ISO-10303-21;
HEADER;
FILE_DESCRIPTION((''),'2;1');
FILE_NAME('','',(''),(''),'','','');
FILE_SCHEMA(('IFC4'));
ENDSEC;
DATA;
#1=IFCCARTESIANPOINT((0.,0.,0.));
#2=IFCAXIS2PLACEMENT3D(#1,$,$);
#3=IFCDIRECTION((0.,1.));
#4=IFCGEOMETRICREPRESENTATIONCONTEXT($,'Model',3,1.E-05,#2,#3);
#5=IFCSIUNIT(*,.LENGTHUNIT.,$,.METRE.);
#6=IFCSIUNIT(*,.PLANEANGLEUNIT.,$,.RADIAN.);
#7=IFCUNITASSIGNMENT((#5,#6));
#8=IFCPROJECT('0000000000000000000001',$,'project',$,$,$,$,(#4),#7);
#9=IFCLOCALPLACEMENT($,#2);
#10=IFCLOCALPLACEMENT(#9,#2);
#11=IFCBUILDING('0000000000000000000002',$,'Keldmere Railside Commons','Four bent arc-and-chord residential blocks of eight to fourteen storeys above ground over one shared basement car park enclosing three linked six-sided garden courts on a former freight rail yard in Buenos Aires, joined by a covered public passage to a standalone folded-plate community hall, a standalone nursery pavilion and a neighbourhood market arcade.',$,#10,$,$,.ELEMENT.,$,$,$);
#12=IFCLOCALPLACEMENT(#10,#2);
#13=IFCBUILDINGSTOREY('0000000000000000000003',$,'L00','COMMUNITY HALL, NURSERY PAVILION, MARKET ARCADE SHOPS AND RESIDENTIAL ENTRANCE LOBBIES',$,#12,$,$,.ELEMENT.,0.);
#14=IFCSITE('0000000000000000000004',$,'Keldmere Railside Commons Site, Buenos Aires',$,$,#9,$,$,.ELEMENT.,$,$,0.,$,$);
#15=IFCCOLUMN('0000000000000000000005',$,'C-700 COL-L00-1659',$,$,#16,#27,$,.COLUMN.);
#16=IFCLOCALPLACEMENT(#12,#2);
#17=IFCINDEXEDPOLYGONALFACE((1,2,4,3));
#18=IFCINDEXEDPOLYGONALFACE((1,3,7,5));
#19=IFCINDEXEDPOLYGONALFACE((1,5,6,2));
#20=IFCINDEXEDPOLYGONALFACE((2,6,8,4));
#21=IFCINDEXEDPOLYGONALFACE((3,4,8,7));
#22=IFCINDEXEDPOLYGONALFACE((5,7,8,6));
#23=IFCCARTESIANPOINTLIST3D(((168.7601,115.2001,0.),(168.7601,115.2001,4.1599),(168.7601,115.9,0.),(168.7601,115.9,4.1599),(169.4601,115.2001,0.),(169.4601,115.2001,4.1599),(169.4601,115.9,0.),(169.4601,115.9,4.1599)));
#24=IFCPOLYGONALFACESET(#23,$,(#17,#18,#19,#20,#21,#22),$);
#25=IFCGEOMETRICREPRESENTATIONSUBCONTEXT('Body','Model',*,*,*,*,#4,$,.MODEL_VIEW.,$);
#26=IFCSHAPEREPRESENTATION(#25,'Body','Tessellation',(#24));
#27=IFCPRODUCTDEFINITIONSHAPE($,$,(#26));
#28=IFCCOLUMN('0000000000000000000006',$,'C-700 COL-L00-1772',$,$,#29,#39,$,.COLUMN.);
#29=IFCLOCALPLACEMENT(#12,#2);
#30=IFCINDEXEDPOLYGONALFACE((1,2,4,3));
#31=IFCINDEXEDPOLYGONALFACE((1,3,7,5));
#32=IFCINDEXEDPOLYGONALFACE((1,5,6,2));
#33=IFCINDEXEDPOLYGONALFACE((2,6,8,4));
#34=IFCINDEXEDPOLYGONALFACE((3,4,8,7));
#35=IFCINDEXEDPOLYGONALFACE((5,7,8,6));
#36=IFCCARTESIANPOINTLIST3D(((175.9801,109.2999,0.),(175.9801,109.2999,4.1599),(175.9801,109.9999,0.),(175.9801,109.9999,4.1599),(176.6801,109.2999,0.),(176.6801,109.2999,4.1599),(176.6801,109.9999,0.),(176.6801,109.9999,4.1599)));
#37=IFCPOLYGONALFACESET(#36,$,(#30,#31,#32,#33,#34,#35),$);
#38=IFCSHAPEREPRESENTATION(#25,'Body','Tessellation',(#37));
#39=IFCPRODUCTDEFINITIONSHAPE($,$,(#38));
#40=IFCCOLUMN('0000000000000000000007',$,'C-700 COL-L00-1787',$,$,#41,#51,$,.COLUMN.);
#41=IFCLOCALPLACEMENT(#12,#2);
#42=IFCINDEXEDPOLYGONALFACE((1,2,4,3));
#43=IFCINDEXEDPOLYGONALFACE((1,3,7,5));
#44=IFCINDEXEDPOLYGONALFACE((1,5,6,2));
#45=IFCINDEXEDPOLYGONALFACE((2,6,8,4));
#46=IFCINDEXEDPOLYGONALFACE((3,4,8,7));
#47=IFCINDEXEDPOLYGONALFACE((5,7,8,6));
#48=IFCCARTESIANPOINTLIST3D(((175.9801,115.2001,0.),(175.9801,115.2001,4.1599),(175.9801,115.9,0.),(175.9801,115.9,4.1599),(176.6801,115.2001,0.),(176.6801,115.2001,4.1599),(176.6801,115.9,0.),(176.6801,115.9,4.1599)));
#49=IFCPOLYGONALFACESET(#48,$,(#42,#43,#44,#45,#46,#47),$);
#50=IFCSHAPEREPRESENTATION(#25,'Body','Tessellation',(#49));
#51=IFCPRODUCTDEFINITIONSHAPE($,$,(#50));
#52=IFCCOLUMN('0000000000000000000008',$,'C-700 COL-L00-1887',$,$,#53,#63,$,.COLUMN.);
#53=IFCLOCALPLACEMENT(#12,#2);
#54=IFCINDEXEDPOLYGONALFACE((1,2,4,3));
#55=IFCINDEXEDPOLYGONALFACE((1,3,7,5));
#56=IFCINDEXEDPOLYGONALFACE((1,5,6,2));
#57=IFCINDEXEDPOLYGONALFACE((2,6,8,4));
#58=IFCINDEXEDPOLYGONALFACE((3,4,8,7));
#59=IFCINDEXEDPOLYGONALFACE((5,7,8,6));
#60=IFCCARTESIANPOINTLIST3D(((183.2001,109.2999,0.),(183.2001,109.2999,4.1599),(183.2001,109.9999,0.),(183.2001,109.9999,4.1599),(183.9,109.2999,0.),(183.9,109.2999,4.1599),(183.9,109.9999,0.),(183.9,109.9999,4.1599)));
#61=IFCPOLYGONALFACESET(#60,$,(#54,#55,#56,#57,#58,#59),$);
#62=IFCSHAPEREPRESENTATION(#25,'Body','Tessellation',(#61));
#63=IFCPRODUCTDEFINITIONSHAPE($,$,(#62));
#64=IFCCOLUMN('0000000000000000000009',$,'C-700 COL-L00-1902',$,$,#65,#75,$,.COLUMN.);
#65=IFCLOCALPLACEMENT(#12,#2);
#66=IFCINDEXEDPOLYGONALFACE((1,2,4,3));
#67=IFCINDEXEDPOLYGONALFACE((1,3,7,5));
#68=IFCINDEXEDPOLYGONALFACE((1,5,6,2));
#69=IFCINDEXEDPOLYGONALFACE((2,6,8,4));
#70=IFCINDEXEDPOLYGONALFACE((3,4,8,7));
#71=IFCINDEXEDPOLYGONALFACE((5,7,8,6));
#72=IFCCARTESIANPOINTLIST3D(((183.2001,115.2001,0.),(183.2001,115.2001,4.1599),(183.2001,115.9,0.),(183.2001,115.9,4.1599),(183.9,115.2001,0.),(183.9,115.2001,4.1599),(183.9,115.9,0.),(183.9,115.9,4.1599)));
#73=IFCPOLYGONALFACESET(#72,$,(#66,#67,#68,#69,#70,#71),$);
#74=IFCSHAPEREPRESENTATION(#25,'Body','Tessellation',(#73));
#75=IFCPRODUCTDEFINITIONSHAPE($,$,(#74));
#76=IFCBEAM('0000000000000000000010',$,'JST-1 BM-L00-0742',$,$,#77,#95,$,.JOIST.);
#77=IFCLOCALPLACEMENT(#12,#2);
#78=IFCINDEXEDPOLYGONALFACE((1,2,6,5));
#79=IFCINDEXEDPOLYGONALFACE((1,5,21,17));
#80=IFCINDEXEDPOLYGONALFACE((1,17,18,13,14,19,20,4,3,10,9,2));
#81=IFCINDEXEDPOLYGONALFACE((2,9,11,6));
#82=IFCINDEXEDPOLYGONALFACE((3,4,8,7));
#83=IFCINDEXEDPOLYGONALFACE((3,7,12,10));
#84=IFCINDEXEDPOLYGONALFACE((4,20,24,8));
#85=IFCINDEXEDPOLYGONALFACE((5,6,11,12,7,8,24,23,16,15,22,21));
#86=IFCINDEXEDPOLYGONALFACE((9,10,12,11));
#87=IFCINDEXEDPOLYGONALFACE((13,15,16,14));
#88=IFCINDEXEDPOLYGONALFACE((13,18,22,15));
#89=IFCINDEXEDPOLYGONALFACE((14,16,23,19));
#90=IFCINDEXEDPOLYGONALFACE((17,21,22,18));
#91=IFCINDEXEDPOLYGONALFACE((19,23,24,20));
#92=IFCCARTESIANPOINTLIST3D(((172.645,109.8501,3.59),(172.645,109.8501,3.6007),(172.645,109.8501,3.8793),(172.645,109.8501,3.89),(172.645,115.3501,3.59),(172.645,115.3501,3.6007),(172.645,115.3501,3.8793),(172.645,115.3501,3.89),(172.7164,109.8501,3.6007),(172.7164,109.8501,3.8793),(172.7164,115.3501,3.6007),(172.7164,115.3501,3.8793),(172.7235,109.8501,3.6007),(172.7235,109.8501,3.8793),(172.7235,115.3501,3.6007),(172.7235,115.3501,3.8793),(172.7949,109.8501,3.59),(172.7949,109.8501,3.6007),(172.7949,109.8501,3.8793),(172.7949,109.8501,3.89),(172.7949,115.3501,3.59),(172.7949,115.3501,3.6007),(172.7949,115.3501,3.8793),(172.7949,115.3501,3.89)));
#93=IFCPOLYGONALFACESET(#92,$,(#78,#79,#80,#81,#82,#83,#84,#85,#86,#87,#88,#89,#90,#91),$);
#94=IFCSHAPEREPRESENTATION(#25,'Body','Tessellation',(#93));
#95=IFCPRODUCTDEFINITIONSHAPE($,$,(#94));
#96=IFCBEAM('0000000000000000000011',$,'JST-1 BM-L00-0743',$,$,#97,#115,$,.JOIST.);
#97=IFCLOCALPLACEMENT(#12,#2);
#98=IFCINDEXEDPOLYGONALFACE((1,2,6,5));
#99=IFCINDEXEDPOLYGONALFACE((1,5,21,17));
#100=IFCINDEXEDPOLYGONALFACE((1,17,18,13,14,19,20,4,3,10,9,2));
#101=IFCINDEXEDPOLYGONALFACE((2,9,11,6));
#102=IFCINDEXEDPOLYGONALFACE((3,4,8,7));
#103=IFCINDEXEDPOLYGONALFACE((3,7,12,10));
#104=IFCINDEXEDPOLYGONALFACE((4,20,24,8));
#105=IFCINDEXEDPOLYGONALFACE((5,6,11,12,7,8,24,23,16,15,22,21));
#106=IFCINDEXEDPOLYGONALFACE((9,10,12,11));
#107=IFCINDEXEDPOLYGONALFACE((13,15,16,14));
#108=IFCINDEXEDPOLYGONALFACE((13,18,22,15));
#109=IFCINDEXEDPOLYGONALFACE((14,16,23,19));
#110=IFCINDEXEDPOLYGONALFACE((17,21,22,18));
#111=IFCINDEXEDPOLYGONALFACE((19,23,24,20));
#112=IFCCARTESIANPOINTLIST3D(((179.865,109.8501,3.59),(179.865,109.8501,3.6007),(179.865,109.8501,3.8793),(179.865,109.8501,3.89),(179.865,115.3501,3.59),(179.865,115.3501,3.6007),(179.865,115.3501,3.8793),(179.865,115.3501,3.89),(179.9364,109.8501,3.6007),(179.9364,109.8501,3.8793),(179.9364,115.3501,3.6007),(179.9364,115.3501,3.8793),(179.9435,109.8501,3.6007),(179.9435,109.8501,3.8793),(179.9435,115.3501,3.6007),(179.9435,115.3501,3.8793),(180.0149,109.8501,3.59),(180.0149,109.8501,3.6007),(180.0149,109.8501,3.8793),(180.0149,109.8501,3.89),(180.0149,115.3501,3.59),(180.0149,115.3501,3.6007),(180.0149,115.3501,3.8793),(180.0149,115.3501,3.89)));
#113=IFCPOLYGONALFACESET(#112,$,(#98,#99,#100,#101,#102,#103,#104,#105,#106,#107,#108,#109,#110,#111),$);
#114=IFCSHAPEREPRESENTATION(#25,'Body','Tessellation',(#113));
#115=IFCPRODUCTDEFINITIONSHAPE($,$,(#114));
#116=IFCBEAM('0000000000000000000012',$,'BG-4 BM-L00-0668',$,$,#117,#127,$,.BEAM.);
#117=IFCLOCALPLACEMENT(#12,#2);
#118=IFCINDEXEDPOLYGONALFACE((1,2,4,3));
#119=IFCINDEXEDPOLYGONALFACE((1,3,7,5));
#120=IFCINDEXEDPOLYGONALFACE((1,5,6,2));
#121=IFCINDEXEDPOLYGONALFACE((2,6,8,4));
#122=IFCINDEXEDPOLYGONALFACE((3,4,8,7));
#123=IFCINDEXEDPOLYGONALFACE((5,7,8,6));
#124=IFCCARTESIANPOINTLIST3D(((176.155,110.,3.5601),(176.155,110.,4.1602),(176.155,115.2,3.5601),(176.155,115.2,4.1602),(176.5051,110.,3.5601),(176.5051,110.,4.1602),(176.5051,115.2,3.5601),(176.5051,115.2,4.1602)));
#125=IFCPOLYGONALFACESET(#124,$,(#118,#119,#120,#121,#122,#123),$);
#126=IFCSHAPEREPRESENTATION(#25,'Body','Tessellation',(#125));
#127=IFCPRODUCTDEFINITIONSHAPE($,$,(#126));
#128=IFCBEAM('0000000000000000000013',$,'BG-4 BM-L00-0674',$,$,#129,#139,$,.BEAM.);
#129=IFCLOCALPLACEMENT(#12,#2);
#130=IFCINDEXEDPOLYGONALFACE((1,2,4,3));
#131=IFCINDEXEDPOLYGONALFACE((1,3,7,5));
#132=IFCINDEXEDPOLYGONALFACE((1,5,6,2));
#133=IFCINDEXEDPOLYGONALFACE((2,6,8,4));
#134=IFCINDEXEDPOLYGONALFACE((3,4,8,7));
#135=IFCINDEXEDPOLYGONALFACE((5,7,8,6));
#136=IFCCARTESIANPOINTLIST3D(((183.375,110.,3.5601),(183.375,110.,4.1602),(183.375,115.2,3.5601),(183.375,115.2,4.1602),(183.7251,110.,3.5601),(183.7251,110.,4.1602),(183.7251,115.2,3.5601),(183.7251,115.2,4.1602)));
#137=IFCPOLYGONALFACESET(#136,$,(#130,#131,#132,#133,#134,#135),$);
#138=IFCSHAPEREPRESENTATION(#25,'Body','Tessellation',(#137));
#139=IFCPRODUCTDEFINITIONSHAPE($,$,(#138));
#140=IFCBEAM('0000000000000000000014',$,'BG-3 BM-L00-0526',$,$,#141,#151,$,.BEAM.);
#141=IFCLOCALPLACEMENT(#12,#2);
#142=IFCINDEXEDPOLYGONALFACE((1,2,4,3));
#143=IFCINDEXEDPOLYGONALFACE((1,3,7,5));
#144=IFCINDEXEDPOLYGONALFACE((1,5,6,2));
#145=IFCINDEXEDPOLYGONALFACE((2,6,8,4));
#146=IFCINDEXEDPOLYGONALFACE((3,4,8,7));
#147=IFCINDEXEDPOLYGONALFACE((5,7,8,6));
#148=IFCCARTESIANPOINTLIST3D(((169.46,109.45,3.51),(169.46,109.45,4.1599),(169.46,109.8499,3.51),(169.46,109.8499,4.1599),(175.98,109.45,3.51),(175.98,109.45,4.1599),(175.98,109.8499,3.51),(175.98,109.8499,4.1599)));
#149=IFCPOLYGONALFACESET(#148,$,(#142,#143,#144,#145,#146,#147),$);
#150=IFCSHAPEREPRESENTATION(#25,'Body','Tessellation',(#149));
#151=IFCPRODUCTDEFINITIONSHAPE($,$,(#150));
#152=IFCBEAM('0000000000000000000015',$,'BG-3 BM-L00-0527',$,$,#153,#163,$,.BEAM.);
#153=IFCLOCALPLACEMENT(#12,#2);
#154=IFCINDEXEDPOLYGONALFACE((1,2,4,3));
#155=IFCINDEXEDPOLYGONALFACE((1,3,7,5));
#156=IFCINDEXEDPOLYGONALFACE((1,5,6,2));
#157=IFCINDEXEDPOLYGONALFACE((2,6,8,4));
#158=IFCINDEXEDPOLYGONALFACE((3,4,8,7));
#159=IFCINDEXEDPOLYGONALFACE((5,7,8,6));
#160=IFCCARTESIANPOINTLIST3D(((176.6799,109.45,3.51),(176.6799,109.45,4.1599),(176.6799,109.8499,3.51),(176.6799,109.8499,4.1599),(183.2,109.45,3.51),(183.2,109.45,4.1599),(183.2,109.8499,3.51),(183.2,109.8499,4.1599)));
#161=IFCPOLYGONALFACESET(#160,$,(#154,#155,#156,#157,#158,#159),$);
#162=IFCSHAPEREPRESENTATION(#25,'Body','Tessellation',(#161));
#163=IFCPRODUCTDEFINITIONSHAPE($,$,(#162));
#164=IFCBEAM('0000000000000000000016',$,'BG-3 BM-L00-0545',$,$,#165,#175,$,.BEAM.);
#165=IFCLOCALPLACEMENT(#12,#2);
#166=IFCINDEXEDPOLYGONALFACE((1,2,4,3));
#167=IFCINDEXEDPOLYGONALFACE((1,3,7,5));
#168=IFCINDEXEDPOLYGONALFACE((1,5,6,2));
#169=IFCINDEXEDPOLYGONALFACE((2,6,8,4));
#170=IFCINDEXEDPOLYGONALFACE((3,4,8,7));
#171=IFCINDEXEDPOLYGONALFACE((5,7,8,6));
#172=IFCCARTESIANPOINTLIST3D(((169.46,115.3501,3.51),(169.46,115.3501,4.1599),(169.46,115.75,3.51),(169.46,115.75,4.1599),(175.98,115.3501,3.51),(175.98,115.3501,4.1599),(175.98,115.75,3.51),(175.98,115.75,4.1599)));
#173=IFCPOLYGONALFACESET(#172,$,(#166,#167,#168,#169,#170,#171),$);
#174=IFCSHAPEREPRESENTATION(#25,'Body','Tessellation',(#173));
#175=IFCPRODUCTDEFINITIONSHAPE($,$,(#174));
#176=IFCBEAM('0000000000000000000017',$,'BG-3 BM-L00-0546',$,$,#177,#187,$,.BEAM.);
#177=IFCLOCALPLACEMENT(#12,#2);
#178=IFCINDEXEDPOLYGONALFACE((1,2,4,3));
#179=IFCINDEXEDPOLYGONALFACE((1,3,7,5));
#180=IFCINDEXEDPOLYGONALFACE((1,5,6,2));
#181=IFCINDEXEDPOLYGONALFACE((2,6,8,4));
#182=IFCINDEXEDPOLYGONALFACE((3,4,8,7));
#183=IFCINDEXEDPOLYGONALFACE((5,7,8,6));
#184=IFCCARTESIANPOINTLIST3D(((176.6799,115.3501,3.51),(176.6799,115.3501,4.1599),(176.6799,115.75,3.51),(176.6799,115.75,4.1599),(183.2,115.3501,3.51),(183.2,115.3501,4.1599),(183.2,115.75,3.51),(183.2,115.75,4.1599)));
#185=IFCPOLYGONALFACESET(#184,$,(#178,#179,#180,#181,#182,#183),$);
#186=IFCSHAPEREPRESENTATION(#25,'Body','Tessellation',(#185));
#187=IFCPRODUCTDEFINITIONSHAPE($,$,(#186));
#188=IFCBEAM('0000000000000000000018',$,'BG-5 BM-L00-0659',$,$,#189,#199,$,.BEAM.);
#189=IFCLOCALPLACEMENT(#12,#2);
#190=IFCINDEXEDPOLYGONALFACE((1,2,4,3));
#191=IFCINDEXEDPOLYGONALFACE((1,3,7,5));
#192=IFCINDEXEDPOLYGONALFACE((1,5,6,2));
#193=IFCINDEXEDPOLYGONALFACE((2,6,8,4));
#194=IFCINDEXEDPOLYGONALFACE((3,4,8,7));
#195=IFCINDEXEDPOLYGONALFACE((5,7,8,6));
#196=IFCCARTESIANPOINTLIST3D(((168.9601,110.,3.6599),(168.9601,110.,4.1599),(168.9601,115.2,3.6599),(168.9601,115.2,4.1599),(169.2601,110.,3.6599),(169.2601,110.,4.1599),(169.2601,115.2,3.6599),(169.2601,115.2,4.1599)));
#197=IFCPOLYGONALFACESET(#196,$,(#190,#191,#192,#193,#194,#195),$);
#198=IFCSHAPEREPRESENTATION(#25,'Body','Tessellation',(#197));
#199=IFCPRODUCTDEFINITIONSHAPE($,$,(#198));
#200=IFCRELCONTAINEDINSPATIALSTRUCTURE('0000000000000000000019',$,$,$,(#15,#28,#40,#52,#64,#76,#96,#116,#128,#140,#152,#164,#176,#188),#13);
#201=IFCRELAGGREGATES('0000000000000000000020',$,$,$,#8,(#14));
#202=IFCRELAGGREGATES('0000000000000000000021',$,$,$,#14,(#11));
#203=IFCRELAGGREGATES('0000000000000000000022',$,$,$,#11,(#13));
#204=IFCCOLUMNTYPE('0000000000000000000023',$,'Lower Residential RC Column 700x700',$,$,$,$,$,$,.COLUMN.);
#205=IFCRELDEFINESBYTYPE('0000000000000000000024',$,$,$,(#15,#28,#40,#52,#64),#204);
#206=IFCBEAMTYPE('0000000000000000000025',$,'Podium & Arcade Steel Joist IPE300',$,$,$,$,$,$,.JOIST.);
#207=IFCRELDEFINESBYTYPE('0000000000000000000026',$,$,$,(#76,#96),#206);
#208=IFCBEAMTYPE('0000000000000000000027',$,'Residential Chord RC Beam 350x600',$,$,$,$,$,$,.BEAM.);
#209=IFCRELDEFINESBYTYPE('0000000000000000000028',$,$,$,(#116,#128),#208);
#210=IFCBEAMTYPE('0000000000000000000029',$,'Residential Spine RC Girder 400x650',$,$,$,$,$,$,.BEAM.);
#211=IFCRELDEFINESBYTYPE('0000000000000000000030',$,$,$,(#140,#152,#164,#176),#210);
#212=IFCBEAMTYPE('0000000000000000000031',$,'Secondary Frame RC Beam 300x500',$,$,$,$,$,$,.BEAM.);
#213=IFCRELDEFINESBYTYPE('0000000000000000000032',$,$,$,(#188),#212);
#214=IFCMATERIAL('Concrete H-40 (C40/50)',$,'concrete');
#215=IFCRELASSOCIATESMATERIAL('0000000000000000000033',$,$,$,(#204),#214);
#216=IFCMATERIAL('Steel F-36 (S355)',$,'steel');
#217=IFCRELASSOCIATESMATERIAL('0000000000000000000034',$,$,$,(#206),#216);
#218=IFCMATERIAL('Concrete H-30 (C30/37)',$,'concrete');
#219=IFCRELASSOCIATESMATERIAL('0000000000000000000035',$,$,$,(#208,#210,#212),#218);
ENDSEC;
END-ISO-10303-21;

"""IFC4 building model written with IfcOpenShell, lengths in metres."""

from ifc_helpers import new_model, si_unit, direction, frame, origin, origin_2d, place, context, subcontext, project, spatial, rectangle, i_section, extrude, material, material_profile, profile_set, type_object, element, save


model = new_model("IFC4")

# Units and contexts
model_context = context("Model", 3, precision=1e-05, world=origin(), true_north=direction((0.0, 1.0)))
body_context = subcontext(model_context, "Body", "Model", "MODEL_VIEW")
ifc_project = project(units=[si_unit("LENGTHUNIT", "METRE"), si_unit("PLANEANGLEUNIT", "RADIAN")], contexts=[model_context])

# Site, building, storey
site_placement = place(None, origin())
site = spatial("IfcSite", under=ifc_project, at=site_placement, Name="Keldmere Railside Commons Site, Buenos Aires", CompositionType="ELEMENT", RefElevation=0.0)
building_placement = place(site_placement, origin())
building = spatial("IfcBuilding", under=site, at=building_placement, Name="Keldmere Railside Commons", Description="Four bent arc-and-chord residential blocks of eight to fourteen storeys above ground over one shared basement car park enclosing three linked six-sided garden courts on a former freight rail yard in Buenos Aires, joined by a covered public passage to a standalone folded-plate community hall, a standalone nursery pavilion and a neighbourhood market arcade.", CompositionType="ELEMENT")
storey_placement = place(building_placement, origin())
storey = spatial("IfcBuildingStorey", under=building, at=storey_placement, Name="L00", Description="COMMUNITY HALL, NURSERY PAVILION, MARKET ARCADE SHOPS AND RESIDENTIAL ENTRANCE LOBBIES", CompositionType="ELEMENT", Elevation=0.0)

# Columns
ifc_material_1 = material(Name="Concrete H-40 (C40/50)", Category="concrete")
ifc_material_profile_1 = material_profile(ifc_material_1, rectangle(XDim=0.7, YDim=0.7, at=origin_2d()), Name="RC-700x700")
ifc_profile_set_1 = profile_set([ifc_material_profile_1], Name="Concrete H-40 (C40/50)")
column_type = type_object("IfcColumnType", Name="Lower Residential RC Column 700x700", PredefinedType="COLUMN", material=ifc_profile_set_1)
for number, where, z_axis, x_axis, name in (
    (1, (169.1101, 115.55, 0.0), (0.0, 0.0, 1.0), (1.0, 0.0, 0.0), "C-700 COL-L00-1659"),
    (2, (176.3301, 109.6499, 0.0), (0.0, 0.0, 1.0), (1.0, 0.0, 0.0), "C-700 COL-L00-1772"),
    (3, (176.3301, 115.55, 0.0), (0.0, 0.0, 1.0), (1.0, 0.0, 0.0), "C-700 COL-L00-1787"),
    (4, (183.55, 109.6499, 0.0), (0.0, 0.0, 1.0), (1.0, 0.0, 0.0), "C-700 COL-L00-1887"),
    (5, (183.55, 115.55, 0.0), (0.0, 0.0, 1.0), (1.0, 0.0, 0.0), "C-700 COL-L00-1902"),
):
    element("IfcColumn", number, at=place(storey_placement, frame(where, z_axis=z_axis, x_axis=x_axis)), inside=storey, type_object=column_type, Name=name, PredefinedType="COLUMN", context=body_context, shape_type="SweptSolid", body=[
        extrude(rectangle(XDim=0.7, YDim=0.7, at=origin_2d()), origin(), (0.0, 0.0, 1.0), 4.1599),
    ])

# Beams
ifc_material_2 = material(Name="Steel F-36 (S355)", Category="steel")
ifc_material_profile_2 = material_profile(ifc_material_2, i_section(OverallWidth=0.1499, OverallDepth=0.3, WebThickness=0.0071, FlangeThickness=0.0107, at=origin_2d()), Name="IPE-300")
ifc_profile_set_2 = profile_set([ifc_material_profile_2], Name="Steel F-36 (S355)")
beam_type_1 = type_object("IfcBeamType", Name="Podium & Arcade Steel Joist IPE300", PredefinedType="JOIST", material=ifc_profile_set_2)
for number, where, z_axis, x_axis, name in (
    (6, (172.72, 109.8501, 3.74), (0.0, 1.0, 0.0), (-1.0, 0.0, 0.0), "JST-1 BM-L00-0742"),
    (7, (179.9399, 109.8501, 3.74), (0.0, 1.0, 0.0), (-1.0, 0.0, 0.0), "JST-1 BM-L00-0743"),
):
    element("IfcBeam", number, at=place(storey_placement, frame(where, z_axis=z_axis, x_axis=x_axis)), inside=storey, type_object=beam_type_1, Name=name, PredefinedType="JOIST", context=body_context, shape_type="SweptSolid", body=[
        extrude(i_section(OverallWidth=0.1499, OverallDepth=0.3, WebThickness=0.0071, FlangeThickness=0.0107, at=origin_2d()), origin(), (0.0, 0.0, 1.0), 5.5),
    ])
ifc_material_3 = material(Name="Concrete H-30 (C30/37)", Category="concrete")
ifc_material_profile_3 = material_profile(ifc_material_3, rectangle(XDim=0.3501, YDim=0.6001, at=origin_2d()), Name="RC-350x600")
ifc_profile_set_3 = profile_set([ifc_material_profile_3], Name="Concrete H-30 (C30/37)")
beam_type_2 = type_object("IfcBeamType", Name="Residential Chord RC Beam 350x600", PredefinedType="BEAM", material=ifc_profile_set_3)
for number, where, z_axis, x_axis, name in (
    (8, (176.3301, 110.0, 3.8601), (0.0, 1.0, 0.0), (-1.0, 0.0, 0.0), "BG-4 BM-L00-0668"),
    (9, (183.55, 110.0, 3.8601), (0.0, 1.0, 0.0), (-1.0, 0.0, 0.0), "BG-4 BM-L00-0674"),
):
    element("IfcBeam", number, at=place(storey_placement, frame(where, z_axis=z_axis, x_axis=x_axis)), inside=storey, type_object=beam_type_2, Name=name, PredefinedType="BEAM", context=body_context, shape_type="SweptSolid", body=[
        extrude(rectangle(XDim=0.3501, YDim=0.6001, at=origin_2d()), origin(), (0.0, 0.0, 1.0), 5.2),
    ])
ifc_material_profile_4 = material_profile(ifc_material_3, rectangle(XDim=0.3999, YDim=0.6499, at=origin_2d()), Name="RC-400x650")
ifc_profile_set_4 = profile_set([ifc_material_profile_4], Name="Concrete H-30 (C30/37)")
beam_type_3 = type_object("IfcBeamType", Name="Residential Spine RC Girder 400x650", PredefinedType="BEAM", material=ifc_profile_set_4)
for number, where, z_axis, x_axis, name in (
    (10, (169.46, 109.6499, 3.835), (1.0, 0.0, 0.0), (0.0, 1.0, 0.0), "BG-3 BM-L00-0526"),
    (11, (176.6799, 109.6499, 3.835), (1.0, 0.0, 0.0), (0.0, 1.0, 0.0), "BG-3 BM-L00-0527"),
    (12, (169.46, 115.55, 3.835), (1.0, 0.0, 0.0), (0.0, 1.0, 0.0), "BG-3 BM-L00-0545"),
    (13, (176.6799, 115.55, 3.835), (1.0, 0.0, 0.0), (0.0, 1.0, 0.0), "BG-3 BM-L00-0546"),
):
    element("IfcBeam", number, at=place(storey_placement, frame(where, z_axis=z_axis, x_axis=x_axis)), inside=storey, type_object=beam_type_3, Name=name, PredefinedType="BEAM", context=body_context, shape_type="SweptSolid", body=[
        extrude(rectangle(XDim=0.3999, YDim=0.6499, at=origin_2d()), origin(), (0.0, 0.0, 1.0), 6.52),
    ])
ifc_material_profile_5 = material_profile(ifc_material_3, rectangle(XDim=0.3, YDim=0.5, at=origin_2d()), Name="RC-300x500")
ifc_profile_set_5 = profile_set([ifc_material_profile_5], Name="Concrete H-30 (C30/37)")
beam_type_4 = type_object("IfcBeamType", Name="Secondary Frame RC Beam 300x500", PredefinedType="BEAM", material=ifc_profile_set_5)
beam_placement = place(storey_placement, frame((169.1101, 110.0, 3.9099), z_axis=(0.0, 1.0, 0.0), x_axis=(-1.0, 0.0, 0.0)))
element("IfcBeam", 14, at=beam_placement, inside=storey, type_object=beam_type_4, Name="BG-5 BM-L00-0659", PredefinedType="BEAM", context=body_context, shape_type="SweptSolid", body=[
    extrude(rectangle(XDim=0.3, YDim=0.5, at=origin_2d()), origin(), (0.0, 0.0, 1.0), 5.2),
])

save(model, "model.ifc")
